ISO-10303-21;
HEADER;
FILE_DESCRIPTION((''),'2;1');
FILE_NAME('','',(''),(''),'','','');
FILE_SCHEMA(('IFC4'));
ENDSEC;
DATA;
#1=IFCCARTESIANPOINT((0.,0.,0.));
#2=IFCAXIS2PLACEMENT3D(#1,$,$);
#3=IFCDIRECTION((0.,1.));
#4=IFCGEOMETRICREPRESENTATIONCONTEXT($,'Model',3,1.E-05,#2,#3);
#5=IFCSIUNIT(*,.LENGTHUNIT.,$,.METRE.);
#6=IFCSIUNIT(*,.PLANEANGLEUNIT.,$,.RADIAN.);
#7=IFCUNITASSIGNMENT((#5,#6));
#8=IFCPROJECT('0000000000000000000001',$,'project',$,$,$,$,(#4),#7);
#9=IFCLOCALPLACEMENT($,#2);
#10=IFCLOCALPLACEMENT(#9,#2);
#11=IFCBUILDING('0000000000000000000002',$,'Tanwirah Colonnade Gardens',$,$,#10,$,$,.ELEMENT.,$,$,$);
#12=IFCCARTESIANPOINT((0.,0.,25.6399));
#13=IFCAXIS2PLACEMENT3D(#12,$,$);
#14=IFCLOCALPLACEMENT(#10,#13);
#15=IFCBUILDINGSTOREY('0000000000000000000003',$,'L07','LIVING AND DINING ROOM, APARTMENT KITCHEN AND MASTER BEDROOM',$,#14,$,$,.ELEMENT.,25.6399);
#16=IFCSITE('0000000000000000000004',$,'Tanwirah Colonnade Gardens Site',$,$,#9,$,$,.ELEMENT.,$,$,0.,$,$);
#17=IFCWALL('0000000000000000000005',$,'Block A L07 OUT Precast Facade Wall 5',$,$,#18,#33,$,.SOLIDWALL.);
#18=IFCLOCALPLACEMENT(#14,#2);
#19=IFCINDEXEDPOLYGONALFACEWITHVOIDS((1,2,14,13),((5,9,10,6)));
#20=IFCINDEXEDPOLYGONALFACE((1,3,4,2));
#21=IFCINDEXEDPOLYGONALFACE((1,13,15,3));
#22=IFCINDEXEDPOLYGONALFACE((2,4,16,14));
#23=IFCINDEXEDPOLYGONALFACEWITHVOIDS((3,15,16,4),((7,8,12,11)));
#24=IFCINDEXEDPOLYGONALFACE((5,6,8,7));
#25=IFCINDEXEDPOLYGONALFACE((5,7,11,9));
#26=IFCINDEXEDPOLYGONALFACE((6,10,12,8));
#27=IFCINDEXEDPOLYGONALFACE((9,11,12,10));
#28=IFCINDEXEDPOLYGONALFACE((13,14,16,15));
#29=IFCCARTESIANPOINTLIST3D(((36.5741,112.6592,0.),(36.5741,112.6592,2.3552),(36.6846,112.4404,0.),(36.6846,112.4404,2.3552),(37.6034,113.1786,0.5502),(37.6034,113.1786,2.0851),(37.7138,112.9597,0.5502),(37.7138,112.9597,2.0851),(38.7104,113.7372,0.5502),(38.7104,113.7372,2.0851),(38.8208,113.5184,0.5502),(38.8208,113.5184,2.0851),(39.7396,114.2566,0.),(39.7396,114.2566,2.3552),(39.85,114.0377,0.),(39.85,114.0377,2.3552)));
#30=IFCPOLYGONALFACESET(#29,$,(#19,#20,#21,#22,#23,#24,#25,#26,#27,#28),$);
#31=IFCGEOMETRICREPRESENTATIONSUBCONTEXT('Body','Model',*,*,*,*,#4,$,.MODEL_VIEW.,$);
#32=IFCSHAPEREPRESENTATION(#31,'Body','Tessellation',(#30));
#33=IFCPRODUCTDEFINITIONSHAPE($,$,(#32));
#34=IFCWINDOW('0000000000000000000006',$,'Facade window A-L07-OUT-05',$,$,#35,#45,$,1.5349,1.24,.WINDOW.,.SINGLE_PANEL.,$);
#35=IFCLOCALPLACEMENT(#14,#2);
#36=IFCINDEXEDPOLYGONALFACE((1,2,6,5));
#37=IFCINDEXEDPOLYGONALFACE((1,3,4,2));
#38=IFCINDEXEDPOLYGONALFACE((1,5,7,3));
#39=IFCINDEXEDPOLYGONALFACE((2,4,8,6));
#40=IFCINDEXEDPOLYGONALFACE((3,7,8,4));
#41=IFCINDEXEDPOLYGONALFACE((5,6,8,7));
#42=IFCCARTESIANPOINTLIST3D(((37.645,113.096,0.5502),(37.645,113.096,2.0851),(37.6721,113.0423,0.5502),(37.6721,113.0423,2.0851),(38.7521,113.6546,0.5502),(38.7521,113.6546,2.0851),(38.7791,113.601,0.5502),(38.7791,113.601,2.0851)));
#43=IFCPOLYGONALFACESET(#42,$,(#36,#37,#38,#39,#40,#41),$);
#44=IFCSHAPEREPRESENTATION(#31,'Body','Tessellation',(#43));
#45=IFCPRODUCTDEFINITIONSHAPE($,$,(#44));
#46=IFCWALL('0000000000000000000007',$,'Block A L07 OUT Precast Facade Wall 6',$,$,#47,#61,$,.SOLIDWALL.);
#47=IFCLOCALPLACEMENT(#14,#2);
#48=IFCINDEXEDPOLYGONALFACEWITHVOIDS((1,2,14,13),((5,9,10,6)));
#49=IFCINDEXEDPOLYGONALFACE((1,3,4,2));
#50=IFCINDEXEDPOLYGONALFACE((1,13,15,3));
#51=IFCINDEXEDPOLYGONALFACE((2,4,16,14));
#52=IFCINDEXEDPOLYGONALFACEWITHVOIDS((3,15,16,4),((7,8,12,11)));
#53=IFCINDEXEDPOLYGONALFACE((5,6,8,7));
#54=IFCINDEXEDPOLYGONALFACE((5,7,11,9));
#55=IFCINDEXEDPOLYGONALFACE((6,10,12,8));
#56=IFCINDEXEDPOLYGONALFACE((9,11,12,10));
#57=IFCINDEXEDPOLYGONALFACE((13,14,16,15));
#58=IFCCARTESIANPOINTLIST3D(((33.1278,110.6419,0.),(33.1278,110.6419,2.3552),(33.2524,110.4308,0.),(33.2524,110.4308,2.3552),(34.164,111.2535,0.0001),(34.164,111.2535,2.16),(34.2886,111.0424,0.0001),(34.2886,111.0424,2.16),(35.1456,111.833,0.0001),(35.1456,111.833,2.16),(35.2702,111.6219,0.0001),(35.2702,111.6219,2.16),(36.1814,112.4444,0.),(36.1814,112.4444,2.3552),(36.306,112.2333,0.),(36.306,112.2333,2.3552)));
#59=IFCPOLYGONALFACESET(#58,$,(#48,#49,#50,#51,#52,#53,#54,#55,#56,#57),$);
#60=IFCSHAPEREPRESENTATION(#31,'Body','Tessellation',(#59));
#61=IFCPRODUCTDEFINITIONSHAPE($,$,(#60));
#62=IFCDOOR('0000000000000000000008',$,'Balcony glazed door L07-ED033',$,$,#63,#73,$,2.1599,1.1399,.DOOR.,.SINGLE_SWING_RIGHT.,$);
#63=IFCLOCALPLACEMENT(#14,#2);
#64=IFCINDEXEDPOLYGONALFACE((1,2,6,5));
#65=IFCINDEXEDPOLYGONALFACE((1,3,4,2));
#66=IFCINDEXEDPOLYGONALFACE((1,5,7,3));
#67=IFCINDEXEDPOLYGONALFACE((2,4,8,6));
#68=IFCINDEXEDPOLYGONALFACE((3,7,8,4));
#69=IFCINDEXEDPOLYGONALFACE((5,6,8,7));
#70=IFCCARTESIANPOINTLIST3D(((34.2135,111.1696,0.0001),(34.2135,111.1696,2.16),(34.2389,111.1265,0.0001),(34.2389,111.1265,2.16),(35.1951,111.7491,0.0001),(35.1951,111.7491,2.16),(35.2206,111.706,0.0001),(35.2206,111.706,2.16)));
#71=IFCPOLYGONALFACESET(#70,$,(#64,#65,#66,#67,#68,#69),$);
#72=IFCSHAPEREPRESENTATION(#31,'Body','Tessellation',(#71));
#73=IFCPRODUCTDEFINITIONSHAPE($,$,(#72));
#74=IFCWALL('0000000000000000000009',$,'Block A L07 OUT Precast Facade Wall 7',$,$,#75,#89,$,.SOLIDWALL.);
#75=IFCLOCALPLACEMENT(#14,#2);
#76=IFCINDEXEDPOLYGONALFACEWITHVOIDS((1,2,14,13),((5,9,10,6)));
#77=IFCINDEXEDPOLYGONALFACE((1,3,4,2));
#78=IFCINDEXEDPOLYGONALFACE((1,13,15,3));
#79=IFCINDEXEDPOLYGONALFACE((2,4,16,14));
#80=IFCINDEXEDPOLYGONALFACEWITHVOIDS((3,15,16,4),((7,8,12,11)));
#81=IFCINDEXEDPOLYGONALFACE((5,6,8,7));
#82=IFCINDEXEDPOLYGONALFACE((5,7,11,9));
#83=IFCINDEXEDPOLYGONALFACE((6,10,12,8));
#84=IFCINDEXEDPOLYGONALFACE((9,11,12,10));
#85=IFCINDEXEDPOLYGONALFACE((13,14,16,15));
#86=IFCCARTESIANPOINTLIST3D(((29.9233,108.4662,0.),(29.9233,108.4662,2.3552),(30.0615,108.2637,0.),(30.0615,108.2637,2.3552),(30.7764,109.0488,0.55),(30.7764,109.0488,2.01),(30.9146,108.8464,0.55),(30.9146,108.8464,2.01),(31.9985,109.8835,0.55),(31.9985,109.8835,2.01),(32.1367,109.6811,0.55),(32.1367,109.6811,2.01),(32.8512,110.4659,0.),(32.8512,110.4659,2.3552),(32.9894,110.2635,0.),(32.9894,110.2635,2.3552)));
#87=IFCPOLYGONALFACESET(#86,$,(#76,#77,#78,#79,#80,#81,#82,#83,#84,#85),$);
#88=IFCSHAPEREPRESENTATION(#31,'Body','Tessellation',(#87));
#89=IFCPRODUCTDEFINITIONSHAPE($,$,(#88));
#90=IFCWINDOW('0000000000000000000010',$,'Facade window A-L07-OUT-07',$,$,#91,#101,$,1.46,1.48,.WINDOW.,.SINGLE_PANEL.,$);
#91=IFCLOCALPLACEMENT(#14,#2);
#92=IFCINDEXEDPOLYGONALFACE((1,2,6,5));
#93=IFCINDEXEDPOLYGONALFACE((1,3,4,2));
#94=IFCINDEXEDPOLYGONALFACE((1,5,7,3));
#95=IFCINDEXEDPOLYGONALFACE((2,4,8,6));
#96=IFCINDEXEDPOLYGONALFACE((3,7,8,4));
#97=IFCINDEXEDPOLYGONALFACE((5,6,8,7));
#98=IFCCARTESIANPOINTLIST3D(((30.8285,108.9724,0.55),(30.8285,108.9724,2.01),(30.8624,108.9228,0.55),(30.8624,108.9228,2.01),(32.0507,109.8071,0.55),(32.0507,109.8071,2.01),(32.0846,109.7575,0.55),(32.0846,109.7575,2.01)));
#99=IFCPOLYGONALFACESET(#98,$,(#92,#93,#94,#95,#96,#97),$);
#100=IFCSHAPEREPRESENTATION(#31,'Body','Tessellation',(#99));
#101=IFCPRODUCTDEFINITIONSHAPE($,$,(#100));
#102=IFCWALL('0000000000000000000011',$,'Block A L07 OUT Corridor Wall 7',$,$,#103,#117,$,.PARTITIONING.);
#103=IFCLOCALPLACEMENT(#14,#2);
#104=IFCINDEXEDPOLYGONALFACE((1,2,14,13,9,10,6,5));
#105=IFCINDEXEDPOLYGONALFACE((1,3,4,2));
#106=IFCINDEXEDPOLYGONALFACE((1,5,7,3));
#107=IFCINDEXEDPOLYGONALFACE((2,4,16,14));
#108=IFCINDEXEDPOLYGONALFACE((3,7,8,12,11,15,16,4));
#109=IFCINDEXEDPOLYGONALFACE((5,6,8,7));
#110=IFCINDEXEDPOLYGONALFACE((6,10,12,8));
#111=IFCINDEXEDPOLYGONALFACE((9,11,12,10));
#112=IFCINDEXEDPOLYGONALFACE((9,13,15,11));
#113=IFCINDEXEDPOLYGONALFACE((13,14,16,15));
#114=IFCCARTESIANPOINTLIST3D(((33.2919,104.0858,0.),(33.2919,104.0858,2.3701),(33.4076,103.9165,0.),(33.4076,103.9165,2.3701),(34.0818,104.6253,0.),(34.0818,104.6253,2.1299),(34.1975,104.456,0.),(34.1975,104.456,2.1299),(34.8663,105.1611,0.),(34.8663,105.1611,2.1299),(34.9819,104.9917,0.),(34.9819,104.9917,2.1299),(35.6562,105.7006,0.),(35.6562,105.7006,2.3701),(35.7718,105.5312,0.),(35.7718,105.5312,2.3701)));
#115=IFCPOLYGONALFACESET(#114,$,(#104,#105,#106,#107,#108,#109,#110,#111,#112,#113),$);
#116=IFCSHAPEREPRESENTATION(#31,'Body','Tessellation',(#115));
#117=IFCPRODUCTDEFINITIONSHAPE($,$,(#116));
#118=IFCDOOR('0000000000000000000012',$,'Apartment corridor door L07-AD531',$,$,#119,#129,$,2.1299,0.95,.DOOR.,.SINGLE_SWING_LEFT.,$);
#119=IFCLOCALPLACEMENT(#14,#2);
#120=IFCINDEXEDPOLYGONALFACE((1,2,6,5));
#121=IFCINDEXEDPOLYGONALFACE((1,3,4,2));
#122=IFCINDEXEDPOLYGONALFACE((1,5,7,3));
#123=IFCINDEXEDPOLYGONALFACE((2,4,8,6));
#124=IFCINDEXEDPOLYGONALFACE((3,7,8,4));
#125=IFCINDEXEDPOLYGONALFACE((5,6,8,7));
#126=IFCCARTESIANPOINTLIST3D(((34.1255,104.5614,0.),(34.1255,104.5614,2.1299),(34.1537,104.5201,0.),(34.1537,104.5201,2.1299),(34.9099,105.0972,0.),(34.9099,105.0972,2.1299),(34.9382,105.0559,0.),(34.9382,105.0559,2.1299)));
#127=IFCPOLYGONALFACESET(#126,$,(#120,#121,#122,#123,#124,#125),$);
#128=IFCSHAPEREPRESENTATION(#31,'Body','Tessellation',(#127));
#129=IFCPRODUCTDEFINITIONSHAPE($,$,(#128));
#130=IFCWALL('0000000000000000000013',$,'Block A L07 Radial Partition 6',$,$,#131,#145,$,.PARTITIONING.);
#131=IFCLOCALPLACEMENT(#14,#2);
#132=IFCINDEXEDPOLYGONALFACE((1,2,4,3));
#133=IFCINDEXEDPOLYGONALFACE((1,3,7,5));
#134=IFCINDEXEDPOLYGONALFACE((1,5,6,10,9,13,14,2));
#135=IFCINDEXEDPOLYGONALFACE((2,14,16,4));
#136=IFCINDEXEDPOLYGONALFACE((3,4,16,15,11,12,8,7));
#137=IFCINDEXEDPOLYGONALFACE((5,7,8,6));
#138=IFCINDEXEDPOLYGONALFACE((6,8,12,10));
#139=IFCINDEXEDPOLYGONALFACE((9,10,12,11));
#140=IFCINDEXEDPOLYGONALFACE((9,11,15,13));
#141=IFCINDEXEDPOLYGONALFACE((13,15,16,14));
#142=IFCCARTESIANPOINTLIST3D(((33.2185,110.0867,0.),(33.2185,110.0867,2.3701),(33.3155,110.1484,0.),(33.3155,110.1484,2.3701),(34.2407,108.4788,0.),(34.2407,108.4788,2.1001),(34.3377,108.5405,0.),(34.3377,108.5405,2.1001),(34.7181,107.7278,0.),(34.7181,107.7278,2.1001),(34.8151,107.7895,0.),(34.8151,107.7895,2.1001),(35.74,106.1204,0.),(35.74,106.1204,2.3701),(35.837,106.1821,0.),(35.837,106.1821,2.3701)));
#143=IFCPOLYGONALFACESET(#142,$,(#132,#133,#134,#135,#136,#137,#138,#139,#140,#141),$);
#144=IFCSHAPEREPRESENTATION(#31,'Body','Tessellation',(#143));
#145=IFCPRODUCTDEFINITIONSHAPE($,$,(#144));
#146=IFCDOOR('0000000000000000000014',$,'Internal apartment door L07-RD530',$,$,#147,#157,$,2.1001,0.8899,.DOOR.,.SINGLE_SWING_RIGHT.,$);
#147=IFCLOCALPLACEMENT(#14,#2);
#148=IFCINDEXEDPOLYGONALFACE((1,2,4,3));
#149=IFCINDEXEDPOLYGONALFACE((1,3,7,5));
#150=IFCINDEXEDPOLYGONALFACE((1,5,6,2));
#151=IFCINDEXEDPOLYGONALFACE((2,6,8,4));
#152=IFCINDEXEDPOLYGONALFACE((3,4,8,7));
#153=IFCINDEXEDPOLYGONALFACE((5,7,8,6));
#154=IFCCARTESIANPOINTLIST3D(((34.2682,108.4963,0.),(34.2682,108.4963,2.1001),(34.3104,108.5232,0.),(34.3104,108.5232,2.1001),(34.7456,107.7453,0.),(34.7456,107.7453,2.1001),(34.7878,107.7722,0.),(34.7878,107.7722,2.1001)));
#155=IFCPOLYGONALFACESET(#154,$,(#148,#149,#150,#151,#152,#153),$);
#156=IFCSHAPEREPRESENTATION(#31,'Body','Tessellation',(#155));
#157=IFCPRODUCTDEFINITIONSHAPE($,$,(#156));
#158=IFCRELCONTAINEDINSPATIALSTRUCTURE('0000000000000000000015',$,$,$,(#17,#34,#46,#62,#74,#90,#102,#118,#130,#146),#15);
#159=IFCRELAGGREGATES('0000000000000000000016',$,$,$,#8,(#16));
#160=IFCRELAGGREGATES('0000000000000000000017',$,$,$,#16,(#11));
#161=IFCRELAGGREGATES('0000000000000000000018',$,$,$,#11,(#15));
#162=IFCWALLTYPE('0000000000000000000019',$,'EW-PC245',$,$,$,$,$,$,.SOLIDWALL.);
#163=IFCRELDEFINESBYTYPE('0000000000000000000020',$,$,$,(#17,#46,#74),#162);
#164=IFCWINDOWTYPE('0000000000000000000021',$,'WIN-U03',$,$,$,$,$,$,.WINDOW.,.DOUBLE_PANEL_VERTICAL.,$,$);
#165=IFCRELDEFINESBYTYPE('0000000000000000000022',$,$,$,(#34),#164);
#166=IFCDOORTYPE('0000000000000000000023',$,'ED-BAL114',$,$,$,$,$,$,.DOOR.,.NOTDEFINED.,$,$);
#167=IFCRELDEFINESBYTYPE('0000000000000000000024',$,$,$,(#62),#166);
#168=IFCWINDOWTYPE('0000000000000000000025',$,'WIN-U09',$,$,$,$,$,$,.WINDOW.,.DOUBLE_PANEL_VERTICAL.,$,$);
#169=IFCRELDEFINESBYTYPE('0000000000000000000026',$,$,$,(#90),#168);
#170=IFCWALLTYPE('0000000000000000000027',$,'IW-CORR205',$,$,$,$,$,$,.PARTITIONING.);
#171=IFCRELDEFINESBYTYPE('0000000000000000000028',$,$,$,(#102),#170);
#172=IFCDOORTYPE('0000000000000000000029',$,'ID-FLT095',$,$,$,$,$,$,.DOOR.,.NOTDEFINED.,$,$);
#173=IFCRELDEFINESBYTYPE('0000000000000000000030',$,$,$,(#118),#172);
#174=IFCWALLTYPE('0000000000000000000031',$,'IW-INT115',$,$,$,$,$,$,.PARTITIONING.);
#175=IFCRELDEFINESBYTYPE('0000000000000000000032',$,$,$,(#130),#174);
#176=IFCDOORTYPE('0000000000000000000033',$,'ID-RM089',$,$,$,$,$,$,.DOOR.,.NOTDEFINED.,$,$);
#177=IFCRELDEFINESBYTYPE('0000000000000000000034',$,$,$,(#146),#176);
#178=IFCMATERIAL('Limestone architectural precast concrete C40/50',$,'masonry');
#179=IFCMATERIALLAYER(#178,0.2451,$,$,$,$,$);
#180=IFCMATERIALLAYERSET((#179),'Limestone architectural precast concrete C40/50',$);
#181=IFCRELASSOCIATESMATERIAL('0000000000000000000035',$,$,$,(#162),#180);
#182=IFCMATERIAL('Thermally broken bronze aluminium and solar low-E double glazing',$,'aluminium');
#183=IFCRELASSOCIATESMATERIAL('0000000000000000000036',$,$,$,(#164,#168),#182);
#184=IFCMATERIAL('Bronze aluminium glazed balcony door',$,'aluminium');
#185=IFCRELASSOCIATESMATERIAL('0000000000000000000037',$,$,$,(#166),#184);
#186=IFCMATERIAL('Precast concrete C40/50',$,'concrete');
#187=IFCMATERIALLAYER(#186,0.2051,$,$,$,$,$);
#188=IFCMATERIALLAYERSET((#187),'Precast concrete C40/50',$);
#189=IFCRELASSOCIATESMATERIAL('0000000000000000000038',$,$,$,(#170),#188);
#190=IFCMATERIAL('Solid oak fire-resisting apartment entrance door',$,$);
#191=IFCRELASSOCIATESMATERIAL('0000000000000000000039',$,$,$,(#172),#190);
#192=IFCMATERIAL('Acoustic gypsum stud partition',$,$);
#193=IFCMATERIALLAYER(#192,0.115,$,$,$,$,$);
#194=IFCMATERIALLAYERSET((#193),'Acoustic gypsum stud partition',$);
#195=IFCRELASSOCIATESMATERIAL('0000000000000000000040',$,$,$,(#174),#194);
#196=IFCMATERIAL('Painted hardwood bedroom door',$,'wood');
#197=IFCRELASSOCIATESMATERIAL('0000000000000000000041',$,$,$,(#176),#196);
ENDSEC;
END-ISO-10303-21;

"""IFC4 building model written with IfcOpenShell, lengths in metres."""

from ifc_helpers import new_model, si_unit, direction, frame, frame_2d, origin, place, context, subcontext, project, spatial, rectangle, extrude, material, layer, layer_set, type_object, element, fill, save


model = new_model("IFC4")

# Units and contexts
model_context = context("Model", 3, precision=1e-05, world=origin(), true_north=direction((0.0, 1.0)))
body_context = subcontext(model_context, "Body", "Model", "MODEL_VIEW")
ifc_project = project(units=[si_unit("LENGTHUNIT", "METRE"), si_unit("PLANEANGLEUNIT", "RADIAN")], contexts=[model_context])

# Site, building, storey
site_placement = place(None, origin())
site = spatial("IfcSite", under=ifc_project, at=site_placement, Name="Tanwirah Colonnade Gardens Site", CompositionType="ELEMENT", RefElevation=0.0)
building_placement = place(site_placement, origin())
building = spatial("IfcBuilding", under=site, at=building_placement, Name="Tanwirah Colonnade Gardens", CompositionType="ELEMENT")
storey_placement = place(building_placement, frame((0.0, 0.0, 25.6399)))
storey = spatial("IfcBuildingStorey", under=building, at=storey_placement, Name="L07", Description="LIVING AND DINING ROOM, APARTMENT KITCHEN AND MASTER BEDROOM", CompositionType="ELEMENT", Elevation=25.6399)

# Shared definitions
ifc_material_1 = material(Name="Precast concrete C40/50", Category="concrete")

# Wall, opening, window
ifc_material_2 = material(Name="Limestone architectural precast concrete C40/50", Category="masonry")
ifc_layer_1 = layer(ifc_material_2, 0.2451)
ifc_layer_set_1 = layer_set([ifc_layer_1], Name="Limestone architectural precast concrete C40/50")
wall_type_1 = type_object("IfcWallType", Name="EW-PC245", PredefinedType="SOLIDWALL", material=ifc_layer_set_1)
wall_1_placement = place(storey_placement, frame((39.7949, 114.1472, 0.0), z_axis=(0.0, 0.0, 1.0), x_axis=(-0.892769, -0.450516, 0.0)))
wall_1 = element("IfcWall", 1, at=wall_1_placement, inside=storey, type_object=wall_type_1, Name="Block A L07 OUT Precast Facade Wall 5", PredefinedType="SOLIDWALL", context=body_context, shape_type="SweptSolid", body=[
    extrude(rectangle(XDim=3.5457, YDim=0.2451, at=frame_2d((1.7729, 0.0))), origin(), (0.0, 0.0, 1.0), 2.3552),
])
opening_1_placement = place(wall_1_placement, frame((1.1528, 0.0, 0.55)))
opening_1 = element("IfcOpeningElement", 2, at=opening_1_placement, cuts=wall_1, PredefinedType="OPENING", context=body_context, shape_type="SweptSolid", body=[
    extrude(rectangle(XDim=1.24, YDim=1.5349, at=frame_2d((0.6201, 0.7676))), frame((0.0, 0.1326, 0.0), z_axis=(0.0, -1.0, 0.0), x_axis=(1.0, 0.0, 0.0)), (0.0, 0.0, 1.0), 0.2651),
])
ifc_material_3 = material(Name="Thermally broken bronze aluminium and solar low-E double glazing", Category="aluminium")
window_type_1 = type_object("IfcWindowType", Name="WIN-U03", PartitioningType="DOUBLE_PANEL_VERTICAL", PredefinedType="WINDOW", material=ifc_material_3)
window_1_placement = place(opening_1_placement, origin())
window_1 = element("IfcWindow", 3, at=window_1_placement, inside=storey, type_object=window_type_1, Name="Facade window A-L07-OUT-05", OverallHeight=1.5349, OverallWidth=1.24, PartitioningType="SINGLE_PANEL", PredefinedType="WINDOW", context=body_context, shape_type="SweptSolid", body=[
    extrude(rectangle(XDim=1.24, YDim=1.5349, at=frame_2d((0.6201, 0.7676))), frame((0.0, 0.03, 0.0), z_axis=(0.0, -1.0, 0.0), x_axis=(1.0, 0.0, 0.0)), (0.0, 0.0, 1.0), 0.0601),
])
fill(opening_1, window_1)

# Wall, opening, door
wall_2_placement = place(storey_placement, frame((36.2437, 112.3389, 0.0), z_axis=(0.0, 0.0, 1.0), x_axis=(-0.861153, -0.508347, 0.0)))
wall_2 = element("IfcWall", 4, at=wall_2_placement, inside=storey, type_object=wall_type_1, Name="Block A L07 OUT Precast Facade Wall 6", PredefinedType="SOLIDWALL", context=body_context, shape_type="SweptSolid", body=[
    extrude(rectangle(XDim=3.5459, YDim=0.2451, at=frame_2d((1.7729, 0.0))), origin(), (0.0, 0.0, 1.0), 2.3552),
])
opening_2_placement = place(wall_2_placement, frame((1.2029, 0.0, 0.0)))
opening_2 = element("IfcOpeningElement", 5, at=opening_2_placement, cuts=wall_2, PredefinedType="OPENING", context=body_context, shape_type="SweptSolid", body=[
    extrude(rectangle(XDim=1.1399, YDim=2.1599, at=frame_2d((0.5698, 1.0801))), frame((0.0, 0.1326, 0.0), z_axis=(0.0, -1.0, 0.0), x_axis=(1.0, 0.0, 0.0)), (0.0, 0.0, 1.0), 0.2651),
])
ifc_material_4 = material(Name="Bronze aluminium glazed balcony door", Category="aluminium")
door_type_1 = type_object("IfcDoorType", Name="ED-BAL114", OperationType="NOTDEFINED", PredefinedType="DOOR", material=ifc_material_4)
door_1_placement = place(opening_2_placement, origin())
door_1 = element("IfcDoor", 6, at=door_1_placement, inside=storey, type_object=door_type_1, Name="Balcony glazed door L07-ED033", OperationType="SINGLE_SWING_RIGHT", OverallHeight=2.1599, OverallWidth=1.1399, PredefinedType="DOOR", context=body_context, shape_type="SweptSolid", body=[
    extrude(rectangle(XDim=1.1399, YDim=2.1599, at=frame_2d((0.5698, 1.0801))), frame((0.0, 0.0249, 0.0), z_axis=(0.0, -1.0, 0.0), x_axis=(1.0, 0.0, 0.0)), (0.0, 0.0, 1.0), 0.05),
])
fill(opening_2, door_1)

# Wall, opening, window
wall_3_placement = place(storey_placement, frame((32.9204, 110.3647, 0.0), z_axis=(0.0, 0.0, 1.0), x_axis=(-0.82578, -0.563993, 0.0)))
wall_3 = element("IfcWall", 7, at=wall_3_placement, inside=storey, type_object=wall_type_1, Name="Block A L07 OUT Precast Facade Wall 7", PredefinedType="SOLIDWALL", context=body_context, shape_type="SweptSolid", body=[
    extrude(rectangle(XDim=3.5457, YDim=0.2451, at=frame_2d((1.7729, 0.0))), origin(), (0.0, 0.0, 1.0), 2.3552),
])
opening_3_placement = place(wall_3_placement, frame((1.0327, 0.0, 0.55)))
opening_3 = element("IfcOpeningElement", 8, at=opening_3_placement, cuts=wall_3, PredefinedType="OPENING", context=body_context, shape_type="SweptSolid", body=[
    extrude(rectangle(XDim=1.48, YDim=1.46, at=frame_2d((0.74, 0.73))), frame((0.0, 0.1326, 0.0), z_axis=(0.0, -1.0, 0.0), x_axis=(1.0, 0.0, 0.0)), (0.0, 0.0, 1.0), 0.2651),
])
window_type_2 = type_object("IfcWindowType", Name="WIN-U09", PartitioningType="DOUBLE_PANEL_VERTICAL", PredefinedType="WINDOW", material=ifc_material_3)
window_2_placement = place(opening_3_placement, origin())
window_2 = element("IfcWindow", 9, at=window_2_placement, inside=storey, type_object=window_type_2, Name="Facade window A-L07-OUT-07", OverallHeight=1.46, OverallWidth=1.48, PartitioningType="SINGLE_PANEL", PredefinedType="WINDOW", context=body_context, shape_type="SweptSolid", body=[
    extrude(rectangle(XDim=1.48, YDim=1.46, at=frame_2d((0.74, 0.73))), frame((0.0, 0.03, 0.0), z_axis=(0.0, -1.0, 0.0), x_axis=(1.0, 0.0, 0.0)), (0.0, 0.0, 1.0), 0.0601),
])
fill(opening_3, window_2)

# Walls, openings, doors
ifc_layer_2 = layer(ifc_material_1, 0.2051)
ifc_layer_set_2 = layer_set([ifc_layer_2], Name="Precast concrete C40/50")
wall_type_2 = type_object("IfcWallType", Name="IW-CORR205", PredefinedType="PARTITIONING", material=ifc_layer_set_2)
ifc_material_5 = material(Name="Solid oak fire-resisting apartment entrance door")
wall_4_placement = place(storey_placement, frame((35.7141, 105.616, 0.0), z_axis=(0.0, 0.0, 1.0), x_axis=(-0.82578, -0.563993, 0.0)))
wall_4 = element("IfcWall", 10, at=wall_4_placement, inside=storey, type_object=wall_type_2, Name="Block A L07 OUT Corridor Wall 7", PredefinedType="PARTITIONING", context=body_context, shape_type="SweptSolid", body=[
    extrude(rectangle(XDim=2.863, YDim=0.2051, at=frame_2d((1.4316, 0.0))), origin(), (0.0, 0.0, 1.0), 2.3701),
])
opening_4_placement = place(wall_4_placement, frame((0.9565, 0.0, 0.0)))
opening_4 = element("IfcOpeningElement", 11, at=opening_4_placement, cuts=wall_4, PredefinedType="OPENING", context=body_context, shape_type="SweptSolid", body=[
    extrude(rectangle(XDim=0.95, YDim=2.1299, at=frame_2d((0.4751, 1.0649))), frame((0.0, 0.1125, 0.0), z_axis=(0.0, -1.0, 0.0), x_axis=(1.0, 0.0, 0.0)), (0.0, 0.0, 1.0), 0.2251),
])
door_type_2 = type_object("IfcDoorType", Name="ID-FLT095", OperationType="NOTDEFINED", PredefinedType="DOOR", material=ifc_material_5)
door_2_placement = place(opening_4_placement, origin())
door_2 = element("IfcDoor", 12, at=door_2_placement, inside=storey, type_object=door_type_2, Name="Apartment corridor door L07-AD531", OperationType="SINGLE_SWING_LEFT", OverallHeight=2.1299, OverallWidth=0.95, PredefinedType="DOOR", context=body_context, shape_type="SweptSolid", body=[
    extrude(rectangle(XDim=0.95, YDim=2.1299, at=frame_2d((0.4751, 1.0649))), frame((0.0, 0.0249, 0.0), z_axis=(0.0, -1.0, 0.0), x_axis=(1.0, 0.0, 0.0)), (0.0, 0.0, 1.0), 0.05),
])
fill(opening_4, door_2)
ifc_material_6 = material(Name="Acoustic gypsum stud partition")
ifc_layer_3 = layer(ifc_material_6, 0.115)
ifc_layer_set_3 = layer_set([ifc_layer_3], Name="Acoustic gypsum stud partition")
wall_type_3 = type_object("IfcWallType", Name="IW-INT115", PredefinedType="PARTITIONING", material=ifc_layer_set_3)
wall_5_placement = place(storey_placement, frame((35.7886, 106.1511, 0.0), z_axis=(0.0, 0.0, 1.0), x_axis=(-0.536492, 0.843905, 0.0)))
wall_5 = element("IfcWall", 13, at=wall_5_placement, inside=storey, type_object=wall_type_3, Name="Block A L07 Radial Partition 6", PredefinedType="PARTITIONING", context=body_context, shape_type="SweptSolid", body=[
    extrude(rectangle(XDim=4.7, YDim=0.115, at=frame_2d((2.3501, 0.0))), origin(), (0.0, 0.0, 1.0), 2.3701),
])
opening_5_placement = place(wall_5_placement, frame((1.905, 0.0, 0.0)))
opening_5 = element("IfcOpeningElement", 14, at=opening_5_placement, cuts=wall_5, PredefinedType="OPENING", context=body_context, shape_type="SweptSolid", body=[
    extrude(rectangle(XDim=0.8899, YDim=2.1001, at=frame_2d((0.4448, 1.05))), frame((0.0, 0.0674, 0.0), z_axis=(0.0, -1.0, 0.0), x_axis=(1.0, 0.0, 0.0)), (0.0, 0.0, 1.0), 0.135),
])
ifc_material_7 = material(Name="Painted hardwood bedroom door", Category="wood")
door_type_3 = type_object("IfcDoorType", Name="ID-RM089", OperationType="NOTDEFINED", PredefinedType="DOOR", material=ifc_material_7)
door_3_placement = place(opening_5_placement, origin())
door_3 = element("IfcDoor", 15, at=door_3_placement, inside=storey, type_object=door_type_3, Name="Internal apartment door L07-RD530", OperationType="SINGLE_SWING_RIGHT", OverallHeight=2.1001, OverallWidth=0.8899, PredefinedType="DOOR", context=body_context, shape_type="SweptSolid", body=[
    extrude(rectangle(XDim=0.8899, YDim=2.1001, at=frame_2d((0.4448, 1.05))), frame((0.0, 0.0249, 0.0), z_axis=(0.0, -1.0, 0.0), x_axis=(1.0, 0.0, 0.0)), (0.0, 0.0, 1.0), 0.05),
])
fill(opening_5, door_3)

save(model, "model.ifc")
